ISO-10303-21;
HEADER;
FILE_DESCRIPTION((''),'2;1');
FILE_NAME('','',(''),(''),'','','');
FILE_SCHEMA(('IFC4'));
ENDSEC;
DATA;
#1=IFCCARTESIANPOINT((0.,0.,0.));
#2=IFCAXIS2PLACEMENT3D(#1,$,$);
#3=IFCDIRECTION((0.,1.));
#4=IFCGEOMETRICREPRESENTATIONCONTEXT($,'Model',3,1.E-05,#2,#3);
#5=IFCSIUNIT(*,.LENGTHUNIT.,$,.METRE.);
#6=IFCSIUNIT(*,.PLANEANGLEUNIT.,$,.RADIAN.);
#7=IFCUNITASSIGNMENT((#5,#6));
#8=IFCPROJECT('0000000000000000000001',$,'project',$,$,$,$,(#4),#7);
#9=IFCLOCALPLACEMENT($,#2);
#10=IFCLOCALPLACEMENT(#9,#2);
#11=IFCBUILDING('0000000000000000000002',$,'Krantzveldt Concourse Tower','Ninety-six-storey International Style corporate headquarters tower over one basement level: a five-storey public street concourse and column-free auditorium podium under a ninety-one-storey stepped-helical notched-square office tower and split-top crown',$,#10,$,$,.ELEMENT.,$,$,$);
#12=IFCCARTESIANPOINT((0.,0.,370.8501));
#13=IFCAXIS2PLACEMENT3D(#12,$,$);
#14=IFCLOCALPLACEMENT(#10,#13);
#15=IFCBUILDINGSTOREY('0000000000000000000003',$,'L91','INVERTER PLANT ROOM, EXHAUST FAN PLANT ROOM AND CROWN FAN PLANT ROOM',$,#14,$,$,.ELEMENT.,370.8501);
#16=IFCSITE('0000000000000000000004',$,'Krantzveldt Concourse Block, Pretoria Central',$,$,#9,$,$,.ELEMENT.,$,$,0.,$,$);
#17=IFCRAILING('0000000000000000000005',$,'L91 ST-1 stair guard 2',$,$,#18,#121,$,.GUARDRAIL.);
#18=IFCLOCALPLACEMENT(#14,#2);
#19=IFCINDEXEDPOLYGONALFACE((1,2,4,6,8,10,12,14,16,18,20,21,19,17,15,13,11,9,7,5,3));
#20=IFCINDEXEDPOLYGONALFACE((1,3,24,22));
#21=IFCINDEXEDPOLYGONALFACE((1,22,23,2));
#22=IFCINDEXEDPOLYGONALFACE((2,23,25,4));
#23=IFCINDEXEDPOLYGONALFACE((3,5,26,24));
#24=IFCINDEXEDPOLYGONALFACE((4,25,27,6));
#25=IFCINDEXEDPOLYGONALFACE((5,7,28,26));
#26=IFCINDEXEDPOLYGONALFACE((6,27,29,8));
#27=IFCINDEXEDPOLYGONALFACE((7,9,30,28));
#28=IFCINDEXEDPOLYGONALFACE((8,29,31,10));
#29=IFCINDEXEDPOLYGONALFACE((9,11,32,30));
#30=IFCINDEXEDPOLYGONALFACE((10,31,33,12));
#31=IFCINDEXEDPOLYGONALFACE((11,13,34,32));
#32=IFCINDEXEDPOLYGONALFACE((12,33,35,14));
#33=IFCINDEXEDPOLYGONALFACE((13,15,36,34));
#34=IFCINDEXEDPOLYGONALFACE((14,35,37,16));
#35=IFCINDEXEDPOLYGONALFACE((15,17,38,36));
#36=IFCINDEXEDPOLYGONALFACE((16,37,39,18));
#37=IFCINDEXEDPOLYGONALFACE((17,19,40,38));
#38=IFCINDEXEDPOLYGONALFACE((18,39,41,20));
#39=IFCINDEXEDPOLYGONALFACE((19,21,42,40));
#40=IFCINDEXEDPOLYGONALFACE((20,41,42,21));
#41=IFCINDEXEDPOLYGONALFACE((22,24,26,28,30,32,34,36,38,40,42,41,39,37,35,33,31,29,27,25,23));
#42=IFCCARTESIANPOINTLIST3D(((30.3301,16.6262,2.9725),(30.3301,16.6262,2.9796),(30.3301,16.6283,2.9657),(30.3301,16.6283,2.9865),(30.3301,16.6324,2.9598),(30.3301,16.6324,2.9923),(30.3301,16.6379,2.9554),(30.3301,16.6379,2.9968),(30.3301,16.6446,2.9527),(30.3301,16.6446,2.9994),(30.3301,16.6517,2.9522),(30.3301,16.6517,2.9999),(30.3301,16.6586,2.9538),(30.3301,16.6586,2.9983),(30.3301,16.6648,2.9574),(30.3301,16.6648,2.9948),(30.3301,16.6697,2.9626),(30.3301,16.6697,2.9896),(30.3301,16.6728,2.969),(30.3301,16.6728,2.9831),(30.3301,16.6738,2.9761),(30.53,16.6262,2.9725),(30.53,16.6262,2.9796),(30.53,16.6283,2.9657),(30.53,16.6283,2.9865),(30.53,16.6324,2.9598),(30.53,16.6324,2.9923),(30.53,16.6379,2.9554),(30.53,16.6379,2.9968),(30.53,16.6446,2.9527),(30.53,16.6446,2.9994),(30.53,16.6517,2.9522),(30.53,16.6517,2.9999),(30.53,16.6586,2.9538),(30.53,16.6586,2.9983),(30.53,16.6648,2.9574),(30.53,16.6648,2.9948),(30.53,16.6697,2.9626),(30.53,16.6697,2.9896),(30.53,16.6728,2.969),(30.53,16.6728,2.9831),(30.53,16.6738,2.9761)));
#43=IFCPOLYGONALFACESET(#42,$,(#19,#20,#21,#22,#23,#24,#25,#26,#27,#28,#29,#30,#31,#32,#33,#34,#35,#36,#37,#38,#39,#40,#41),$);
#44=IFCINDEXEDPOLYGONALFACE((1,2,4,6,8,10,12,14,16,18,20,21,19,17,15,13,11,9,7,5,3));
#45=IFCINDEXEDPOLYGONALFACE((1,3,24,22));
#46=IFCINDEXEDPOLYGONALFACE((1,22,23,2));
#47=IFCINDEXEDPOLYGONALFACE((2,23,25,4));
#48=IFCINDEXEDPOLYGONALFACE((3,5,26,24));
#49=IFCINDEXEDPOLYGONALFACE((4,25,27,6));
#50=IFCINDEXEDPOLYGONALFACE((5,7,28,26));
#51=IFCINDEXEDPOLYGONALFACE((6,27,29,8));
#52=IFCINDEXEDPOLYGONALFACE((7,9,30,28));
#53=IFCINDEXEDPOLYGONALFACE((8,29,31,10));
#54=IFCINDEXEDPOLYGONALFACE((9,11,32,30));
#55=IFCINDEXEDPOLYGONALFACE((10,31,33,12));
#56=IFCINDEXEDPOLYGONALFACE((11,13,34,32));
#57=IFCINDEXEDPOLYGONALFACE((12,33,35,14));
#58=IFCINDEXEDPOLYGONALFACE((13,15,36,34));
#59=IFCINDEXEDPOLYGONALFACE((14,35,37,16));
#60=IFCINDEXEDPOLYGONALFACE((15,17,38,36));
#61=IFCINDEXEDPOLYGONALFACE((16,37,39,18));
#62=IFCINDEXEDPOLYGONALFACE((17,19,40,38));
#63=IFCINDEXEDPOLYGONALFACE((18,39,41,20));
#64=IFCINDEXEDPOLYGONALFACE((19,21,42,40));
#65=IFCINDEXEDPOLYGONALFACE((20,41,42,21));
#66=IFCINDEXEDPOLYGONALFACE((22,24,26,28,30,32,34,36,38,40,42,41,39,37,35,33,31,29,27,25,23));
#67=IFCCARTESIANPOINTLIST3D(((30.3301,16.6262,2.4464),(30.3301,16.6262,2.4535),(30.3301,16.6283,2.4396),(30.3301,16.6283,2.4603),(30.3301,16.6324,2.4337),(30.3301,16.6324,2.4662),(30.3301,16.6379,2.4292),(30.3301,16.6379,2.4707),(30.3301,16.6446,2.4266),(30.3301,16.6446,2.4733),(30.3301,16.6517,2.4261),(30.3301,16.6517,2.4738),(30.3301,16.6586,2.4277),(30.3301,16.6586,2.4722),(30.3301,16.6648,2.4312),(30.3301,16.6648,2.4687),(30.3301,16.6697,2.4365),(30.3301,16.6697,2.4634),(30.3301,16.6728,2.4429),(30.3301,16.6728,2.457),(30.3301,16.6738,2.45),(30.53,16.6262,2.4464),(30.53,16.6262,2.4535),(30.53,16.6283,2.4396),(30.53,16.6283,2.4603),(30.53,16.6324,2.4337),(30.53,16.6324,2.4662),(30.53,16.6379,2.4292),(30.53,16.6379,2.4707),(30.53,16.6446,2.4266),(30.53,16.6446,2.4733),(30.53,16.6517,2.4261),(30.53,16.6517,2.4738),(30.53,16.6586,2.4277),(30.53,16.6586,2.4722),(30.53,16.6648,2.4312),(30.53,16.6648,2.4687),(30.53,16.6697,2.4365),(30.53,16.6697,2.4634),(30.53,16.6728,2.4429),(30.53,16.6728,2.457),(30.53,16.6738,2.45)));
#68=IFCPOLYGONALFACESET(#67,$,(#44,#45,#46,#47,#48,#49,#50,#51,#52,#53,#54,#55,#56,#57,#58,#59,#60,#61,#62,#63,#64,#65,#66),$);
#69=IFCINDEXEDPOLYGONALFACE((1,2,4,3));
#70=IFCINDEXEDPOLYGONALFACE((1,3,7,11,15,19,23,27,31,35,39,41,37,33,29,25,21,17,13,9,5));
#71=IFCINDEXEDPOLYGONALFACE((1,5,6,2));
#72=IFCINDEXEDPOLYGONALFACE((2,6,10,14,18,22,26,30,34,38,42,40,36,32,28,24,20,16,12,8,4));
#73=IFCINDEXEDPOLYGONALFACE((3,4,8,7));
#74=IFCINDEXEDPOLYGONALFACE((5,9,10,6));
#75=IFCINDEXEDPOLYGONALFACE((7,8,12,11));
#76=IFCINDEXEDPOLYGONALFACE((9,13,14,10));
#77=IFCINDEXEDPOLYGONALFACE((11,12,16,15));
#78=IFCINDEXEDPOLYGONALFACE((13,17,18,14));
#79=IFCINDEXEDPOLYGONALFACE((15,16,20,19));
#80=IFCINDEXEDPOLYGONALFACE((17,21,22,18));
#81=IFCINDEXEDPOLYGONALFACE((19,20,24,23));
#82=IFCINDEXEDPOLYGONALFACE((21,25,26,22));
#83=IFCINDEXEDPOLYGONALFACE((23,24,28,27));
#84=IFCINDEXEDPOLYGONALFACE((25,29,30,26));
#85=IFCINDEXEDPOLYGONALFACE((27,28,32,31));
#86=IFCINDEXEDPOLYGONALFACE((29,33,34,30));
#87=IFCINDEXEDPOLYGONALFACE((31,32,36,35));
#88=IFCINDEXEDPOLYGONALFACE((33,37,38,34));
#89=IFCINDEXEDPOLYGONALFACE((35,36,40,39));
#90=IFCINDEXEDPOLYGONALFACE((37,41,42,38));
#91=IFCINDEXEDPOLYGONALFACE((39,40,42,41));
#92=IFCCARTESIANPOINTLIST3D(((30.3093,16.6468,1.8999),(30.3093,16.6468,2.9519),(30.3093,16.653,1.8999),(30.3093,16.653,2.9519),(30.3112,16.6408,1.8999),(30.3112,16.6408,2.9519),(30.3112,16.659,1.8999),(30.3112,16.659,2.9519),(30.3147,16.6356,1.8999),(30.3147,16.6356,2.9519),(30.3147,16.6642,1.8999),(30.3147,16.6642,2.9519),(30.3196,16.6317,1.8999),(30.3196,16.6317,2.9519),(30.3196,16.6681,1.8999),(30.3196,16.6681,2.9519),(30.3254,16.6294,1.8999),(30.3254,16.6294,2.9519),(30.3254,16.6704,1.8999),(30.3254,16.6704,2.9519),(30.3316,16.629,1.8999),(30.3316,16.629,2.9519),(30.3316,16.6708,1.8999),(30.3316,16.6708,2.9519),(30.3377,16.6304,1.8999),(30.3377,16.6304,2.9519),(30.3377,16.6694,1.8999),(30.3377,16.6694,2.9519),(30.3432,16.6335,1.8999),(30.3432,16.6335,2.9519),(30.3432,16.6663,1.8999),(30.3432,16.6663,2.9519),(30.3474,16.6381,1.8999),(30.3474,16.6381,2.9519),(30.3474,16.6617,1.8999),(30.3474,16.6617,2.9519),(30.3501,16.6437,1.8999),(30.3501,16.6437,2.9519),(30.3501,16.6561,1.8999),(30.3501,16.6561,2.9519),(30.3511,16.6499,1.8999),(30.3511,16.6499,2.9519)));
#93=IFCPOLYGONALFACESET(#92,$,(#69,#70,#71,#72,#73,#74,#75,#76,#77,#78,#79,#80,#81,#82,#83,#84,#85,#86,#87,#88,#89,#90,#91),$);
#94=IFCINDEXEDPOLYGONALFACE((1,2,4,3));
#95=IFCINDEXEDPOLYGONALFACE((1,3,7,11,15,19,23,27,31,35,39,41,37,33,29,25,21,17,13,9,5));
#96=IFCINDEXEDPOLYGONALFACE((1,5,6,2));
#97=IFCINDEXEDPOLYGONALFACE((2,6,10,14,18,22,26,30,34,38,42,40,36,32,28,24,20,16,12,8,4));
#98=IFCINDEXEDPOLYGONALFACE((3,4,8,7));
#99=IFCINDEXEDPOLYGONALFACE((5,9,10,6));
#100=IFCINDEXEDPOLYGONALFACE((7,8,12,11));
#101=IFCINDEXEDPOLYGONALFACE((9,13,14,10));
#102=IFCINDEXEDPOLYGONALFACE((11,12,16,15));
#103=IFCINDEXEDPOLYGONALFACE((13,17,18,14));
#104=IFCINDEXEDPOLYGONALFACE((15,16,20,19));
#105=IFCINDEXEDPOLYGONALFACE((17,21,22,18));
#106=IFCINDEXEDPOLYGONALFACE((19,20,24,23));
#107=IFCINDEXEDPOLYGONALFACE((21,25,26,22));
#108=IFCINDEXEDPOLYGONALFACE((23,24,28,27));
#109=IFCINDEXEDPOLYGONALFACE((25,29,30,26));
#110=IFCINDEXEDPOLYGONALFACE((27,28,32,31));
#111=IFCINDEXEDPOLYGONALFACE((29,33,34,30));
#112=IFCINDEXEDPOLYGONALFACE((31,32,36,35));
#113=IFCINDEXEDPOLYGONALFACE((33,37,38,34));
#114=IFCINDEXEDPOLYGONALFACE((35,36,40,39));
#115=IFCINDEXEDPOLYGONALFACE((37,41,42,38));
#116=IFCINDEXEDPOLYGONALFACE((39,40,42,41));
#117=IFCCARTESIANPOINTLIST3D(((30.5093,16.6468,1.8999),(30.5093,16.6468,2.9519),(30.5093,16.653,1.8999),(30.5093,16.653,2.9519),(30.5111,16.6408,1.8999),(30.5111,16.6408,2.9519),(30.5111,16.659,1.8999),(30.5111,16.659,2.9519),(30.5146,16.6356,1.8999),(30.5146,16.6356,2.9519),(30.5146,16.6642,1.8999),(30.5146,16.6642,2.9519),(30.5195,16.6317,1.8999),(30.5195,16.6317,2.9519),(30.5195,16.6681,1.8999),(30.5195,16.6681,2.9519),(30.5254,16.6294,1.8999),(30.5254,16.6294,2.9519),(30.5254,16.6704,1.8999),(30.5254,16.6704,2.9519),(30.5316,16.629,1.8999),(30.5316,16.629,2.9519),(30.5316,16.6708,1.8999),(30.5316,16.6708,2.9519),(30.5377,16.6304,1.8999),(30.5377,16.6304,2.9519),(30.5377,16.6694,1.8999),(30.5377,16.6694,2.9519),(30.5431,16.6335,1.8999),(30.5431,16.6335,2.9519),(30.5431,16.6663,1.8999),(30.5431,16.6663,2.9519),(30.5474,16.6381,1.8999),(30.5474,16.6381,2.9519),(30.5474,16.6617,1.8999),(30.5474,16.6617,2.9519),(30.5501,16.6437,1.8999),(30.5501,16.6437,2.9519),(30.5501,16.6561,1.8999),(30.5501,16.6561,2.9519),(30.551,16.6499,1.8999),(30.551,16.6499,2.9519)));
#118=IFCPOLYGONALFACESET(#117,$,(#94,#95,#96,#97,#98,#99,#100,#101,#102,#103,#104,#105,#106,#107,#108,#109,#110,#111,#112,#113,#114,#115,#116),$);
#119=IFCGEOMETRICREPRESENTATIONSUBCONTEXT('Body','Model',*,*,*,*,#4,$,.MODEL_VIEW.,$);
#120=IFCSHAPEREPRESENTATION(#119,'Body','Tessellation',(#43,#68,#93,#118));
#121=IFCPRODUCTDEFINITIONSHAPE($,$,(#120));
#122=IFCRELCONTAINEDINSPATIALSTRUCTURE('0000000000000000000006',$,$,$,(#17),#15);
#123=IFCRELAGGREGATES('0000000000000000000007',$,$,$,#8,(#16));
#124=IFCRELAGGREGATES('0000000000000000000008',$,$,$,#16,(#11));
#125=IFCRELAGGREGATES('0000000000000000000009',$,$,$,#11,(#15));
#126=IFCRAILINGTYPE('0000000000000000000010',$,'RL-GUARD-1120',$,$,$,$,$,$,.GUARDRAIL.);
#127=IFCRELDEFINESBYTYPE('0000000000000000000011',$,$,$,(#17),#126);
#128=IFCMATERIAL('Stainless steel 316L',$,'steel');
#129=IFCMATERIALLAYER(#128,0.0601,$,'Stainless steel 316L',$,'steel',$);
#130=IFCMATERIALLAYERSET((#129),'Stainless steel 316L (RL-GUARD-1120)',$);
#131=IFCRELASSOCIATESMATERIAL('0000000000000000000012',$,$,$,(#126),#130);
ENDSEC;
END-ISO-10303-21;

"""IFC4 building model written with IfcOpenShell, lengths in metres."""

from ifc_helpers import new_model, si_unit, direction, frame, origin, origin_2d, place, context, subcontext, project, spatial, circle, extrude, material, layer, layer_set, type_object, element, save


model = new_model("IFC4")

# Units and contexts
model_context = context("Model", 3, precision=1e-05, world=origin(), true_north=direction((0.0, 1.0)))
body_context = subcontext(model_context, "Body", "Model", "MODEL_VIEW")
ifc_project = project(units=[si_unit("LENGTHUNIT", "METRE"), si_unit("PLANEANGLEUNIT", "RADIAN")], contexts=[model_context])

# Site, building, storey
site_placement = place(None, origin())
site = spatial("IfcSite", under=ifc_project, at=site_placement, Name="Krantzveldt Concourse Block, Pretoria Central", CompositionType="ELEMENT", RefElevation=0.0)
building_placement = place(site_placement, origin())
building = spatial("IfcBuilding", under=site, at=building_placement, Name="Krantzveldt Concourse Tower", Description="Ninety-six-storey International Style corporate headquarters tower over one basement level: a five-storey public street concourse and column-free auditorium podium under a ninety-one-storey stepped-helical notched-square office tower and split-top crown", CompositionType="ELEMENT")
storey_placement = place(building_placement, frame((0.0, 0.0, 370.8501)))
storey = spatial("IfcBuildingStorey", under=building, at=storey_placement, Name="L91", Description="INVERTER PLANT ROOM, EXHAUST FAN PLANT ROOM AND CROWN FAN PLANT ROOM", CompositionType="ELEMENT", Elevation=370.8501)

# Shared definitions
ifc_material_1 = material(Name="Stainless steel 316L", Category="steel")

# Railing
ifc_layer_1 = layer(ifc_material_1, 0.0601, Name="Stainless steel 316L", Category="steel")
ifc_layer_set_1 = layer_set([ifc_layer_1], Name="Stainless steel 316L (RL-GUARD-1120)")
railing_type_1 = type_object("IfcRailingType", Name="RL-GUARD-1120", PredefinedType="GUARDRAIL", material=ifc_layer_set_1)
railing_1_placement = place(storey_placement, frame((30.3301, 16.6499, 1.8999)))
element("IfcRailing", 1, at=railing_1_placement, inside=storey, type_object=railing_type_1, Name="L91 ST-1 stair guard 2", PredefinedType="GUARDRAIL", context=body_context, shape_type="SweptSolid", body=[
    extrude(circle(Radius=0.0239, at=origin_2d()), frame((0.0, 0.0, 1.0762), z_axis=(1.0, 0.0, 0.0), x_axis=(0.0, 1.0, 0.0)), (0.0, 0.0, 1.0), 0.2),
    extrude(circle(Radius=0.0239, at=origin_2d()), frame((0.0, 0.0, 0.55), z_axis=(1.0, 0.0, 0.0), x_axis=(0.0, 1.0, 0.0)), (0.0, 0.0, 1.0), 0.2),
    extrude(circle(Radius=0.021, at=origin_2d()), origin(), (0.0, 0.0, 1.0), 1.052),
    extrude(circle(Radius=0.021, at=origin_2d()), frame((0.2, 0.0, 0.0)), (0.0, 0.0, 1.0), 1.052),
])

save(model, "model.ifc")
